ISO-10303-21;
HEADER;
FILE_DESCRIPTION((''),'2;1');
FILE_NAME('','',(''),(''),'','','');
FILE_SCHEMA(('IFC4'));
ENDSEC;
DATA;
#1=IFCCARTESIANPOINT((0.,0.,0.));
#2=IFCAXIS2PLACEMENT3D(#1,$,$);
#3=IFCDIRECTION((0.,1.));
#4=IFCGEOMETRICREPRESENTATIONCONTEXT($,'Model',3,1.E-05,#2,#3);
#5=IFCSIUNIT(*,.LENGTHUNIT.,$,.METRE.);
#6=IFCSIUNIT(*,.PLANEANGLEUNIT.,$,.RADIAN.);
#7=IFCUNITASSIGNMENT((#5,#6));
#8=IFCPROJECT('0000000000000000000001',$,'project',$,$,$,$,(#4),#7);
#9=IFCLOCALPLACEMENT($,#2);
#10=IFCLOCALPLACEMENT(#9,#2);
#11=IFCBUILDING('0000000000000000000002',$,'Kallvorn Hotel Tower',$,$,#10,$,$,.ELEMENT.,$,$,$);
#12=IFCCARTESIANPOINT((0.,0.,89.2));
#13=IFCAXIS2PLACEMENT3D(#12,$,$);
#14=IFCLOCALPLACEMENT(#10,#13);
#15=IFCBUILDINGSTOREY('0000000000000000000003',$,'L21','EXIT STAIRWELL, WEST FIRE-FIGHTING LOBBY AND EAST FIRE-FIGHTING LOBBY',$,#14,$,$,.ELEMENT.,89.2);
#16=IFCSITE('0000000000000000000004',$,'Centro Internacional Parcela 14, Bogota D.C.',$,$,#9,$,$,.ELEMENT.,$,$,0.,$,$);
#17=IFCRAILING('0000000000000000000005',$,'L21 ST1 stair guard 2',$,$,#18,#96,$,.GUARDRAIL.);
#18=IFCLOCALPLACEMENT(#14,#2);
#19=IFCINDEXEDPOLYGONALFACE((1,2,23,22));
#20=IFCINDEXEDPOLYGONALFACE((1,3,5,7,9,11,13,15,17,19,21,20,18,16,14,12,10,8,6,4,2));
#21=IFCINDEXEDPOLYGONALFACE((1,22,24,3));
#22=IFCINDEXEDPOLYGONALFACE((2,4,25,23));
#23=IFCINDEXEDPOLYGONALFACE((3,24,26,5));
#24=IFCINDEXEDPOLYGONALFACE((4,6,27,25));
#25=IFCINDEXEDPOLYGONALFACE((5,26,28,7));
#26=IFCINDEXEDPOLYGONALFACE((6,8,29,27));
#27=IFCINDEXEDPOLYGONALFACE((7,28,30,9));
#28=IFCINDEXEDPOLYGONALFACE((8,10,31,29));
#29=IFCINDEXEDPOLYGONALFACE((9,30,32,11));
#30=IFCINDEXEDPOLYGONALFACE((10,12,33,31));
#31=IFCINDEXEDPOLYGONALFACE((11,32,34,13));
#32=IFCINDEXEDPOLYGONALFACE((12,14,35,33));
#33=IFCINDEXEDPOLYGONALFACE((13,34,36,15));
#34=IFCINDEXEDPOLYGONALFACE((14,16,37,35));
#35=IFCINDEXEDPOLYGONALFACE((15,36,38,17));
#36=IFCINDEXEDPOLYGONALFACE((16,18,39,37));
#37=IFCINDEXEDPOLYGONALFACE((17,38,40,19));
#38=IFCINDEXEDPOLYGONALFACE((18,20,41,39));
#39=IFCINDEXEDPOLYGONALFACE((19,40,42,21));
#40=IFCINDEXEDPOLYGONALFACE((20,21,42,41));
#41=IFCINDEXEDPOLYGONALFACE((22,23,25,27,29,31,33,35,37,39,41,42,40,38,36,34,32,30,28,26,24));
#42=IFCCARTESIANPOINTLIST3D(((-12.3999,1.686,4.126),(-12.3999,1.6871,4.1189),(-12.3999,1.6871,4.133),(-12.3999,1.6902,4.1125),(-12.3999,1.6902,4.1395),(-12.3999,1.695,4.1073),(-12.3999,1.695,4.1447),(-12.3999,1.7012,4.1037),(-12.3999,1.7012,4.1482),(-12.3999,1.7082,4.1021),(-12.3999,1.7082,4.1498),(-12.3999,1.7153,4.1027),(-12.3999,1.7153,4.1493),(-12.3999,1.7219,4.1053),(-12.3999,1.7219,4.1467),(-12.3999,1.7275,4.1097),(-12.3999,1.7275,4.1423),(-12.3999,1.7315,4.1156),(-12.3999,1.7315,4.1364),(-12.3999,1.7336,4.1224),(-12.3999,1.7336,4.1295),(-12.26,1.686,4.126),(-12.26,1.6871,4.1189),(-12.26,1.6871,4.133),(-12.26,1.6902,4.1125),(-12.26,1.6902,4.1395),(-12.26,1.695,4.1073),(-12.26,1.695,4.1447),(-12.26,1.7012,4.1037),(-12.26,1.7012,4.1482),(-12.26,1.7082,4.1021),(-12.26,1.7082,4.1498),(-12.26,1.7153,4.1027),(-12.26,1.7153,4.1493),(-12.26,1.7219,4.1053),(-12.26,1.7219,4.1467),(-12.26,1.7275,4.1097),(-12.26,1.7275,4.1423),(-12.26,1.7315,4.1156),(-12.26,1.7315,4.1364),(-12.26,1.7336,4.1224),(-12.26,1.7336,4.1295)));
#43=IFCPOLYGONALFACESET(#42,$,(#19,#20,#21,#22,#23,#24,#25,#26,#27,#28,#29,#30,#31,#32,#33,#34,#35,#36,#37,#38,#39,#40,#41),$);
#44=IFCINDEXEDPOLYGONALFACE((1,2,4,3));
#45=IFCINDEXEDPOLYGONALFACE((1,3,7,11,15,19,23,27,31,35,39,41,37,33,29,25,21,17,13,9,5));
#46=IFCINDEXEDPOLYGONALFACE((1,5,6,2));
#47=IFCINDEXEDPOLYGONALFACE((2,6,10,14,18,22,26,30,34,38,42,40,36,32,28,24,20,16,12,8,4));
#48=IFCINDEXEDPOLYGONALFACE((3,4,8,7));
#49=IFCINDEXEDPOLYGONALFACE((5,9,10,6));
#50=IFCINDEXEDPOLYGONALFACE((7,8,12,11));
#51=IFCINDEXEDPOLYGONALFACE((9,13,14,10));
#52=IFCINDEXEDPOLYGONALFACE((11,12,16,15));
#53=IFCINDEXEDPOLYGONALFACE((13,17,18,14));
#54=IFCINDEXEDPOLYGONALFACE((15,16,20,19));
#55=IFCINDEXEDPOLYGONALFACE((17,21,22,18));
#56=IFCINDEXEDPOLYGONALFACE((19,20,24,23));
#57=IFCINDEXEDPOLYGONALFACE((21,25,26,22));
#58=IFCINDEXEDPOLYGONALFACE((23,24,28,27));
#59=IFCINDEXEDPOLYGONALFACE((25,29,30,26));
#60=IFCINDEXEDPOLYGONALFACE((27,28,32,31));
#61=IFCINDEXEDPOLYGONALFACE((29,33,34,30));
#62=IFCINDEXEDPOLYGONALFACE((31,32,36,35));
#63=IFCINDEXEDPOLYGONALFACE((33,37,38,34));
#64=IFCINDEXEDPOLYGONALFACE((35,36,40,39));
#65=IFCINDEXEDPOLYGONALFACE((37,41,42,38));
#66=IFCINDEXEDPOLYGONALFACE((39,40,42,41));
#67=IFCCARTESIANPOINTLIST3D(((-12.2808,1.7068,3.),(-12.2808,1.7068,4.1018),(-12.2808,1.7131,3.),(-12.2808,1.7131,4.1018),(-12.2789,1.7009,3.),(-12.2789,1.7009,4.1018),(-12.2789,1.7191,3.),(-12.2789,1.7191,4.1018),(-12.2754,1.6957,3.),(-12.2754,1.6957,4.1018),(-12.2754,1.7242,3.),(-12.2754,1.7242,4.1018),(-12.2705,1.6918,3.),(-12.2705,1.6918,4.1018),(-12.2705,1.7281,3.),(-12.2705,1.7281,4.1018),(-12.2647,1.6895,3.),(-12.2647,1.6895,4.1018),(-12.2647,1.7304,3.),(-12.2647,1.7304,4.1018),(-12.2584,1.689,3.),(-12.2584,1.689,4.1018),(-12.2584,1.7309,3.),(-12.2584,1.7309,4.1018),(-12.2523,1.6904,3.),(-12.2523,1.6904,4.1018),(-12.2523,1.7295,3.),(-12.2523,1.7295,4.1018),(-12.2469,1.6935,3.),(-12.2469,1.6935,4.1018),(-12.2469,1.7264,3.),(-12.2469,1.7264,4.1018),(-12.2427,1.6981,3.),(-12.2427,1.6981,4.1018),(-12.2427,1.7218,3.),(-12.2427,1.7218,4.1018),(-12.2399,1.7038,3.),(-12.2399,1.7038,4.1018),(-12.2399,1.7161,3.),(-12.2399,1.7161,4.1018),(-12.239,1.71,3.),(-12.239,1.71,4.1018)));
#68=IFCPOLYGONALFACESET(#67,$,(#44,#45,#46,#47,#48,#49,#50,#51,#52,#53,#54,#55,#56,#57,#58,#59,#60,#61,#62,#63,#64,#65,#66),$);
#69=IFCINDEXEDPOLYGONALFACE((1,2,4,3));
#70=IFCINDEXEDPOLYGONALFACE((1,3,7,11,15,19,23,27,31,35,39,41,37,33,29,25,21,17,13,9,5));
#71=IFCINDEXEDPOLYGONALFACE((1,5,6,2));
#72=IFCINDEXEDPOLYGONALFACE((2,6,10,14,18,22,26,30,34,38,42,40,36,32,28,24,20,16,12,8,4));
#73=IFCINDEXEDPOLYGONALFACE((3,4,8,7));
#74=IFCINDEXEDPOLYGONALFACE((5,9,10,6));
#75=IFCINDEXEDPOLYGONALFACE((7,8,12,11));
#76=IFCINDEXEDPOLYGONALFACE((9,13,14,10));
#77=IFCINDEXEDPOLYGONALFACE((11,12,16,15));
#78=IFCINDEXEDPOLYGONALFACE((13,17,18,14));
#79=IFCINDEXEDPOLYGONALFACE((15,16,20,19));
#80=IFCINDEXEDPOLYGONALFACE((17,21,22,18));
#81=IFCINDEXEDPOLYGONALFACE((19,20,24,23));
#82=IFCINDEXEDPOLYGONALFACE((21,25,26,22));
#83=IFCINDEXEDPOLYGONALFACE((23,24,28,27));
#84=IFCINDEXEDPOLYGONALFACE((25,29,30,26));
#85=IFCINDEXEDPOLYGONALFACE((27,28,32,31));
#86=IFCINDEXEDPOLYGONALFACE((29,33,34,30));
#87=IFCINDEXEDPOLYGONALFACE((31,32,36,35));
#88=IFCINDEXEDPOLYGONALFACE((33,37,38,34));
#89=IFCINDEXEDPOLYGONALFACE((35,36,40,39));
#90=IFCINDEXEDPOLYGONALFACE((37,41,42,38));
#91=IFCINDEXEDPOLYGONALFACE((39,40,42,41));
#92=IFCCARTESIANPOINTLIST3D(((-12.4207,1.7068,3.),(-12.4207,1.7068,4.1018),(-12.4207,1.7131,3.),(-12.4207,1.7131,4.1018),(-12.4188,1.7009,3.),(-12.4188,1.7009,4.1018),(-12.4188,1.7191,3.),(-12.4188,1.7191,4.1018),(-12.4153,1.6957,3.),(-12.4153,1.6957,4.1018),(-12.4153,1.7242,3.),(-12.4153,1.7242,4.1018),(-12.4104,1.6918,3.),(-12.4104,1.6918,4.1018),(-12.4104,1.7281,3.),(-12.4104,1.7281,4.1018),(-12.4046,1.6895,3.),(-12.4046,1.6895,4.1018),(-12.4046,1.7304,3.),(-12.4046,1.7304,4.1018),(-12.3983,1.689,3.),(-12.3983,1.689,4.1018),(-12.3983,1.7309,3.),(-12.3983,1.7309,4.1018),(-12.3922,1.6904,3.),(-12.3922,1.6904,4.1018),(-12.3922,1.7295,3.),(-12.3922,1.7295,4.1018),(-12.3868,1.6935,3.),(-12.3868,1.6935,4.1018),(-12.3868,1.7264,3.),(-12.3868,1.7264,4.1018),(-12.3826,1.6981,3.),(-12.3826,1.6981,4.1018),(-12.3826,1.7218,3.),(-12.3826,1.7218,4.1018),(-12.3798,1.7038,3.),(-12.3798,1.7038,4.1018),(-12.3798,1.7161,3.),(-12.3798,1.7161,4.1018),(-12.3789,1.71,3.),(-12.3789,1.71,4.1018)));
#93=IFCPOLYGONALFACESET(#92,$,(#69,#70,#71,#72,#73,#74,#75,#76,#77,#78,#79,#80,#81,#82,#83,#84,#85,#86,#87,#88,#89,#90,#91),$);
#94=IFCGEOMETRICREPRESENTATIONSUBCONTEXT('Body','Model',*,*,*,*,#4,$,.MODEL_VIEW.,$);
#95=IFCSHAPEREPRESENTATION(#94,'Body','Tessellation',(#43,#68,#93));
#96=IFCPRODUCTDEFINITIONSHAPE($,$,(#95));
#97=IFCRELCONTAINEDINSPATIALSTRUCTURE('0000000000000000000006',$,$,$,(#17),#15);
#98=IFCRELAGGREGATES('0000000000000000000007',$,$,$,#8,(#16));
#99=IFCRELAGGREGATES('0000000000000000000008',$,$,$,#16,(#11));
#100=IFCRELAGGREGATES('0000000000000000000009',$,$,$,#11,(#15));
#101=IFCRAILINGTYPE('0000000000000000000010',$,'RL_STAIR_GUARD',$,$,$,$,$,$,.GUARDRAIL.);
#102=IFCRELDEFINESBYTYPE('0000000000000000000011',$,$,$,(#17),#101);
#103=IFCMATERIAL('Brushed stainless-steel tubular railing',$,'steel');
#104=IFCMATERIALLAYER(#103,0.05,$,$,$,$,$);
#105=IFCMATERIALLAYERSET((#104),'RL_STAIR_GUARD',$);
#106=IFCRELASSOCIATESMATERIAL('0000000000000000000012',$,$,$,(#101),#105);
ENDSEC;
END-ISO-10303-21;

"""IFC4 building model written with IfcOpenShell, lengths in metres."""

from ifc_helpers import new_model, si_unit, direction, frame, origin, origin_2d, place, context, subcontext, project, spatial, circle, extrude, material, layer, layer_set, type_object, element, save


model = new_model("IFC4")

# Units and contexts
model_context = context("Model", 3, precision=1e-05, world=origin(), true_north=direction((0.0, 1.0)))
body_context = subcontext(model_context, "Body", "Model", "MODEL_VIEW")
ifc_project = project(units=[si_unit("LENGTHUNIT", "METRE"), si_unit("PLANEANGLEUNIT", "RADIAN")], contexts=[model_context])

# Site, building, storey
site_placement = place(None, origin())
site = spatial("IfcSite", under=ifc_project, at=site_placement, Name="Centro Internacional Parcela 14, Bogota D.C.", CompositionType="ELEMENT", RefElevation=0.0)
building_placement = place(site_placement, origin())
building = spatial("IfcBuilding", under=site, at=building_placement, Name="Kallvorn Hotel Tower", CompositionType="ELEMENT")
storey_placement = place(building_placement, frame((0.0, 0.0, 89.2)))
storey = spatial("IfcBuildingStorey", under=building, at=storey_placement, Name="L21", Description="EXIT STAIRWELL, WEST FIRE-FIGHTING LOBBY AND EAST FIRE-FIGHTING LOBBY", CompositionType="ELEMENT", Elevation=89.2)

# Railing
ifc_material_1 = material(Name="Brushed stainless-steel tubular railing", Category="steel")
ifc_layer_1 = layer(ifc_material_1, 0.05)
ifc_layer_set_1 = layer_set([ifc_layer_1], Name="RL_STAIR_GUARD")
railing_type_1 = type_object("IfcRailingType", Name="RL_STAIR_GUARD", PredefinedType="GUARDRAIL", material=ifc_layer_set_1)
railing_1_placement = place(storey_placement, frame((-12.26, 1.71, 3.0)))
element("IfcRailing", 1, at=railing_1_placement, inside=storey, type_object=railing_type_1, Name="L21 ST1 stair guard 2", PredefinedType="GUARDRAIL", context=body_context, shape_type="SweptSolid", body=[
    extrude(circle(Radius=0.0239, at=origin_2d()), frame((0.0, 0.0, 1.126), z_axis=(-1.0, 0.0, 0.0), x_axis=(0.0, -1.0, 0.0)), (0.0, 0.0, 1.0), 0.1399),
    extrude(circle(Radius=0.021, at=origin_2d()), origin(), (0.0, 0.0, 1.0), 1.1018),
    extrude(circle(Radius=0.021, at=origin_2d()), frame((-0.1399, 0.0, 0.0)), (0.0, 0.0, 1.0), 1.1018),
])

save(model, "model.ifc")
